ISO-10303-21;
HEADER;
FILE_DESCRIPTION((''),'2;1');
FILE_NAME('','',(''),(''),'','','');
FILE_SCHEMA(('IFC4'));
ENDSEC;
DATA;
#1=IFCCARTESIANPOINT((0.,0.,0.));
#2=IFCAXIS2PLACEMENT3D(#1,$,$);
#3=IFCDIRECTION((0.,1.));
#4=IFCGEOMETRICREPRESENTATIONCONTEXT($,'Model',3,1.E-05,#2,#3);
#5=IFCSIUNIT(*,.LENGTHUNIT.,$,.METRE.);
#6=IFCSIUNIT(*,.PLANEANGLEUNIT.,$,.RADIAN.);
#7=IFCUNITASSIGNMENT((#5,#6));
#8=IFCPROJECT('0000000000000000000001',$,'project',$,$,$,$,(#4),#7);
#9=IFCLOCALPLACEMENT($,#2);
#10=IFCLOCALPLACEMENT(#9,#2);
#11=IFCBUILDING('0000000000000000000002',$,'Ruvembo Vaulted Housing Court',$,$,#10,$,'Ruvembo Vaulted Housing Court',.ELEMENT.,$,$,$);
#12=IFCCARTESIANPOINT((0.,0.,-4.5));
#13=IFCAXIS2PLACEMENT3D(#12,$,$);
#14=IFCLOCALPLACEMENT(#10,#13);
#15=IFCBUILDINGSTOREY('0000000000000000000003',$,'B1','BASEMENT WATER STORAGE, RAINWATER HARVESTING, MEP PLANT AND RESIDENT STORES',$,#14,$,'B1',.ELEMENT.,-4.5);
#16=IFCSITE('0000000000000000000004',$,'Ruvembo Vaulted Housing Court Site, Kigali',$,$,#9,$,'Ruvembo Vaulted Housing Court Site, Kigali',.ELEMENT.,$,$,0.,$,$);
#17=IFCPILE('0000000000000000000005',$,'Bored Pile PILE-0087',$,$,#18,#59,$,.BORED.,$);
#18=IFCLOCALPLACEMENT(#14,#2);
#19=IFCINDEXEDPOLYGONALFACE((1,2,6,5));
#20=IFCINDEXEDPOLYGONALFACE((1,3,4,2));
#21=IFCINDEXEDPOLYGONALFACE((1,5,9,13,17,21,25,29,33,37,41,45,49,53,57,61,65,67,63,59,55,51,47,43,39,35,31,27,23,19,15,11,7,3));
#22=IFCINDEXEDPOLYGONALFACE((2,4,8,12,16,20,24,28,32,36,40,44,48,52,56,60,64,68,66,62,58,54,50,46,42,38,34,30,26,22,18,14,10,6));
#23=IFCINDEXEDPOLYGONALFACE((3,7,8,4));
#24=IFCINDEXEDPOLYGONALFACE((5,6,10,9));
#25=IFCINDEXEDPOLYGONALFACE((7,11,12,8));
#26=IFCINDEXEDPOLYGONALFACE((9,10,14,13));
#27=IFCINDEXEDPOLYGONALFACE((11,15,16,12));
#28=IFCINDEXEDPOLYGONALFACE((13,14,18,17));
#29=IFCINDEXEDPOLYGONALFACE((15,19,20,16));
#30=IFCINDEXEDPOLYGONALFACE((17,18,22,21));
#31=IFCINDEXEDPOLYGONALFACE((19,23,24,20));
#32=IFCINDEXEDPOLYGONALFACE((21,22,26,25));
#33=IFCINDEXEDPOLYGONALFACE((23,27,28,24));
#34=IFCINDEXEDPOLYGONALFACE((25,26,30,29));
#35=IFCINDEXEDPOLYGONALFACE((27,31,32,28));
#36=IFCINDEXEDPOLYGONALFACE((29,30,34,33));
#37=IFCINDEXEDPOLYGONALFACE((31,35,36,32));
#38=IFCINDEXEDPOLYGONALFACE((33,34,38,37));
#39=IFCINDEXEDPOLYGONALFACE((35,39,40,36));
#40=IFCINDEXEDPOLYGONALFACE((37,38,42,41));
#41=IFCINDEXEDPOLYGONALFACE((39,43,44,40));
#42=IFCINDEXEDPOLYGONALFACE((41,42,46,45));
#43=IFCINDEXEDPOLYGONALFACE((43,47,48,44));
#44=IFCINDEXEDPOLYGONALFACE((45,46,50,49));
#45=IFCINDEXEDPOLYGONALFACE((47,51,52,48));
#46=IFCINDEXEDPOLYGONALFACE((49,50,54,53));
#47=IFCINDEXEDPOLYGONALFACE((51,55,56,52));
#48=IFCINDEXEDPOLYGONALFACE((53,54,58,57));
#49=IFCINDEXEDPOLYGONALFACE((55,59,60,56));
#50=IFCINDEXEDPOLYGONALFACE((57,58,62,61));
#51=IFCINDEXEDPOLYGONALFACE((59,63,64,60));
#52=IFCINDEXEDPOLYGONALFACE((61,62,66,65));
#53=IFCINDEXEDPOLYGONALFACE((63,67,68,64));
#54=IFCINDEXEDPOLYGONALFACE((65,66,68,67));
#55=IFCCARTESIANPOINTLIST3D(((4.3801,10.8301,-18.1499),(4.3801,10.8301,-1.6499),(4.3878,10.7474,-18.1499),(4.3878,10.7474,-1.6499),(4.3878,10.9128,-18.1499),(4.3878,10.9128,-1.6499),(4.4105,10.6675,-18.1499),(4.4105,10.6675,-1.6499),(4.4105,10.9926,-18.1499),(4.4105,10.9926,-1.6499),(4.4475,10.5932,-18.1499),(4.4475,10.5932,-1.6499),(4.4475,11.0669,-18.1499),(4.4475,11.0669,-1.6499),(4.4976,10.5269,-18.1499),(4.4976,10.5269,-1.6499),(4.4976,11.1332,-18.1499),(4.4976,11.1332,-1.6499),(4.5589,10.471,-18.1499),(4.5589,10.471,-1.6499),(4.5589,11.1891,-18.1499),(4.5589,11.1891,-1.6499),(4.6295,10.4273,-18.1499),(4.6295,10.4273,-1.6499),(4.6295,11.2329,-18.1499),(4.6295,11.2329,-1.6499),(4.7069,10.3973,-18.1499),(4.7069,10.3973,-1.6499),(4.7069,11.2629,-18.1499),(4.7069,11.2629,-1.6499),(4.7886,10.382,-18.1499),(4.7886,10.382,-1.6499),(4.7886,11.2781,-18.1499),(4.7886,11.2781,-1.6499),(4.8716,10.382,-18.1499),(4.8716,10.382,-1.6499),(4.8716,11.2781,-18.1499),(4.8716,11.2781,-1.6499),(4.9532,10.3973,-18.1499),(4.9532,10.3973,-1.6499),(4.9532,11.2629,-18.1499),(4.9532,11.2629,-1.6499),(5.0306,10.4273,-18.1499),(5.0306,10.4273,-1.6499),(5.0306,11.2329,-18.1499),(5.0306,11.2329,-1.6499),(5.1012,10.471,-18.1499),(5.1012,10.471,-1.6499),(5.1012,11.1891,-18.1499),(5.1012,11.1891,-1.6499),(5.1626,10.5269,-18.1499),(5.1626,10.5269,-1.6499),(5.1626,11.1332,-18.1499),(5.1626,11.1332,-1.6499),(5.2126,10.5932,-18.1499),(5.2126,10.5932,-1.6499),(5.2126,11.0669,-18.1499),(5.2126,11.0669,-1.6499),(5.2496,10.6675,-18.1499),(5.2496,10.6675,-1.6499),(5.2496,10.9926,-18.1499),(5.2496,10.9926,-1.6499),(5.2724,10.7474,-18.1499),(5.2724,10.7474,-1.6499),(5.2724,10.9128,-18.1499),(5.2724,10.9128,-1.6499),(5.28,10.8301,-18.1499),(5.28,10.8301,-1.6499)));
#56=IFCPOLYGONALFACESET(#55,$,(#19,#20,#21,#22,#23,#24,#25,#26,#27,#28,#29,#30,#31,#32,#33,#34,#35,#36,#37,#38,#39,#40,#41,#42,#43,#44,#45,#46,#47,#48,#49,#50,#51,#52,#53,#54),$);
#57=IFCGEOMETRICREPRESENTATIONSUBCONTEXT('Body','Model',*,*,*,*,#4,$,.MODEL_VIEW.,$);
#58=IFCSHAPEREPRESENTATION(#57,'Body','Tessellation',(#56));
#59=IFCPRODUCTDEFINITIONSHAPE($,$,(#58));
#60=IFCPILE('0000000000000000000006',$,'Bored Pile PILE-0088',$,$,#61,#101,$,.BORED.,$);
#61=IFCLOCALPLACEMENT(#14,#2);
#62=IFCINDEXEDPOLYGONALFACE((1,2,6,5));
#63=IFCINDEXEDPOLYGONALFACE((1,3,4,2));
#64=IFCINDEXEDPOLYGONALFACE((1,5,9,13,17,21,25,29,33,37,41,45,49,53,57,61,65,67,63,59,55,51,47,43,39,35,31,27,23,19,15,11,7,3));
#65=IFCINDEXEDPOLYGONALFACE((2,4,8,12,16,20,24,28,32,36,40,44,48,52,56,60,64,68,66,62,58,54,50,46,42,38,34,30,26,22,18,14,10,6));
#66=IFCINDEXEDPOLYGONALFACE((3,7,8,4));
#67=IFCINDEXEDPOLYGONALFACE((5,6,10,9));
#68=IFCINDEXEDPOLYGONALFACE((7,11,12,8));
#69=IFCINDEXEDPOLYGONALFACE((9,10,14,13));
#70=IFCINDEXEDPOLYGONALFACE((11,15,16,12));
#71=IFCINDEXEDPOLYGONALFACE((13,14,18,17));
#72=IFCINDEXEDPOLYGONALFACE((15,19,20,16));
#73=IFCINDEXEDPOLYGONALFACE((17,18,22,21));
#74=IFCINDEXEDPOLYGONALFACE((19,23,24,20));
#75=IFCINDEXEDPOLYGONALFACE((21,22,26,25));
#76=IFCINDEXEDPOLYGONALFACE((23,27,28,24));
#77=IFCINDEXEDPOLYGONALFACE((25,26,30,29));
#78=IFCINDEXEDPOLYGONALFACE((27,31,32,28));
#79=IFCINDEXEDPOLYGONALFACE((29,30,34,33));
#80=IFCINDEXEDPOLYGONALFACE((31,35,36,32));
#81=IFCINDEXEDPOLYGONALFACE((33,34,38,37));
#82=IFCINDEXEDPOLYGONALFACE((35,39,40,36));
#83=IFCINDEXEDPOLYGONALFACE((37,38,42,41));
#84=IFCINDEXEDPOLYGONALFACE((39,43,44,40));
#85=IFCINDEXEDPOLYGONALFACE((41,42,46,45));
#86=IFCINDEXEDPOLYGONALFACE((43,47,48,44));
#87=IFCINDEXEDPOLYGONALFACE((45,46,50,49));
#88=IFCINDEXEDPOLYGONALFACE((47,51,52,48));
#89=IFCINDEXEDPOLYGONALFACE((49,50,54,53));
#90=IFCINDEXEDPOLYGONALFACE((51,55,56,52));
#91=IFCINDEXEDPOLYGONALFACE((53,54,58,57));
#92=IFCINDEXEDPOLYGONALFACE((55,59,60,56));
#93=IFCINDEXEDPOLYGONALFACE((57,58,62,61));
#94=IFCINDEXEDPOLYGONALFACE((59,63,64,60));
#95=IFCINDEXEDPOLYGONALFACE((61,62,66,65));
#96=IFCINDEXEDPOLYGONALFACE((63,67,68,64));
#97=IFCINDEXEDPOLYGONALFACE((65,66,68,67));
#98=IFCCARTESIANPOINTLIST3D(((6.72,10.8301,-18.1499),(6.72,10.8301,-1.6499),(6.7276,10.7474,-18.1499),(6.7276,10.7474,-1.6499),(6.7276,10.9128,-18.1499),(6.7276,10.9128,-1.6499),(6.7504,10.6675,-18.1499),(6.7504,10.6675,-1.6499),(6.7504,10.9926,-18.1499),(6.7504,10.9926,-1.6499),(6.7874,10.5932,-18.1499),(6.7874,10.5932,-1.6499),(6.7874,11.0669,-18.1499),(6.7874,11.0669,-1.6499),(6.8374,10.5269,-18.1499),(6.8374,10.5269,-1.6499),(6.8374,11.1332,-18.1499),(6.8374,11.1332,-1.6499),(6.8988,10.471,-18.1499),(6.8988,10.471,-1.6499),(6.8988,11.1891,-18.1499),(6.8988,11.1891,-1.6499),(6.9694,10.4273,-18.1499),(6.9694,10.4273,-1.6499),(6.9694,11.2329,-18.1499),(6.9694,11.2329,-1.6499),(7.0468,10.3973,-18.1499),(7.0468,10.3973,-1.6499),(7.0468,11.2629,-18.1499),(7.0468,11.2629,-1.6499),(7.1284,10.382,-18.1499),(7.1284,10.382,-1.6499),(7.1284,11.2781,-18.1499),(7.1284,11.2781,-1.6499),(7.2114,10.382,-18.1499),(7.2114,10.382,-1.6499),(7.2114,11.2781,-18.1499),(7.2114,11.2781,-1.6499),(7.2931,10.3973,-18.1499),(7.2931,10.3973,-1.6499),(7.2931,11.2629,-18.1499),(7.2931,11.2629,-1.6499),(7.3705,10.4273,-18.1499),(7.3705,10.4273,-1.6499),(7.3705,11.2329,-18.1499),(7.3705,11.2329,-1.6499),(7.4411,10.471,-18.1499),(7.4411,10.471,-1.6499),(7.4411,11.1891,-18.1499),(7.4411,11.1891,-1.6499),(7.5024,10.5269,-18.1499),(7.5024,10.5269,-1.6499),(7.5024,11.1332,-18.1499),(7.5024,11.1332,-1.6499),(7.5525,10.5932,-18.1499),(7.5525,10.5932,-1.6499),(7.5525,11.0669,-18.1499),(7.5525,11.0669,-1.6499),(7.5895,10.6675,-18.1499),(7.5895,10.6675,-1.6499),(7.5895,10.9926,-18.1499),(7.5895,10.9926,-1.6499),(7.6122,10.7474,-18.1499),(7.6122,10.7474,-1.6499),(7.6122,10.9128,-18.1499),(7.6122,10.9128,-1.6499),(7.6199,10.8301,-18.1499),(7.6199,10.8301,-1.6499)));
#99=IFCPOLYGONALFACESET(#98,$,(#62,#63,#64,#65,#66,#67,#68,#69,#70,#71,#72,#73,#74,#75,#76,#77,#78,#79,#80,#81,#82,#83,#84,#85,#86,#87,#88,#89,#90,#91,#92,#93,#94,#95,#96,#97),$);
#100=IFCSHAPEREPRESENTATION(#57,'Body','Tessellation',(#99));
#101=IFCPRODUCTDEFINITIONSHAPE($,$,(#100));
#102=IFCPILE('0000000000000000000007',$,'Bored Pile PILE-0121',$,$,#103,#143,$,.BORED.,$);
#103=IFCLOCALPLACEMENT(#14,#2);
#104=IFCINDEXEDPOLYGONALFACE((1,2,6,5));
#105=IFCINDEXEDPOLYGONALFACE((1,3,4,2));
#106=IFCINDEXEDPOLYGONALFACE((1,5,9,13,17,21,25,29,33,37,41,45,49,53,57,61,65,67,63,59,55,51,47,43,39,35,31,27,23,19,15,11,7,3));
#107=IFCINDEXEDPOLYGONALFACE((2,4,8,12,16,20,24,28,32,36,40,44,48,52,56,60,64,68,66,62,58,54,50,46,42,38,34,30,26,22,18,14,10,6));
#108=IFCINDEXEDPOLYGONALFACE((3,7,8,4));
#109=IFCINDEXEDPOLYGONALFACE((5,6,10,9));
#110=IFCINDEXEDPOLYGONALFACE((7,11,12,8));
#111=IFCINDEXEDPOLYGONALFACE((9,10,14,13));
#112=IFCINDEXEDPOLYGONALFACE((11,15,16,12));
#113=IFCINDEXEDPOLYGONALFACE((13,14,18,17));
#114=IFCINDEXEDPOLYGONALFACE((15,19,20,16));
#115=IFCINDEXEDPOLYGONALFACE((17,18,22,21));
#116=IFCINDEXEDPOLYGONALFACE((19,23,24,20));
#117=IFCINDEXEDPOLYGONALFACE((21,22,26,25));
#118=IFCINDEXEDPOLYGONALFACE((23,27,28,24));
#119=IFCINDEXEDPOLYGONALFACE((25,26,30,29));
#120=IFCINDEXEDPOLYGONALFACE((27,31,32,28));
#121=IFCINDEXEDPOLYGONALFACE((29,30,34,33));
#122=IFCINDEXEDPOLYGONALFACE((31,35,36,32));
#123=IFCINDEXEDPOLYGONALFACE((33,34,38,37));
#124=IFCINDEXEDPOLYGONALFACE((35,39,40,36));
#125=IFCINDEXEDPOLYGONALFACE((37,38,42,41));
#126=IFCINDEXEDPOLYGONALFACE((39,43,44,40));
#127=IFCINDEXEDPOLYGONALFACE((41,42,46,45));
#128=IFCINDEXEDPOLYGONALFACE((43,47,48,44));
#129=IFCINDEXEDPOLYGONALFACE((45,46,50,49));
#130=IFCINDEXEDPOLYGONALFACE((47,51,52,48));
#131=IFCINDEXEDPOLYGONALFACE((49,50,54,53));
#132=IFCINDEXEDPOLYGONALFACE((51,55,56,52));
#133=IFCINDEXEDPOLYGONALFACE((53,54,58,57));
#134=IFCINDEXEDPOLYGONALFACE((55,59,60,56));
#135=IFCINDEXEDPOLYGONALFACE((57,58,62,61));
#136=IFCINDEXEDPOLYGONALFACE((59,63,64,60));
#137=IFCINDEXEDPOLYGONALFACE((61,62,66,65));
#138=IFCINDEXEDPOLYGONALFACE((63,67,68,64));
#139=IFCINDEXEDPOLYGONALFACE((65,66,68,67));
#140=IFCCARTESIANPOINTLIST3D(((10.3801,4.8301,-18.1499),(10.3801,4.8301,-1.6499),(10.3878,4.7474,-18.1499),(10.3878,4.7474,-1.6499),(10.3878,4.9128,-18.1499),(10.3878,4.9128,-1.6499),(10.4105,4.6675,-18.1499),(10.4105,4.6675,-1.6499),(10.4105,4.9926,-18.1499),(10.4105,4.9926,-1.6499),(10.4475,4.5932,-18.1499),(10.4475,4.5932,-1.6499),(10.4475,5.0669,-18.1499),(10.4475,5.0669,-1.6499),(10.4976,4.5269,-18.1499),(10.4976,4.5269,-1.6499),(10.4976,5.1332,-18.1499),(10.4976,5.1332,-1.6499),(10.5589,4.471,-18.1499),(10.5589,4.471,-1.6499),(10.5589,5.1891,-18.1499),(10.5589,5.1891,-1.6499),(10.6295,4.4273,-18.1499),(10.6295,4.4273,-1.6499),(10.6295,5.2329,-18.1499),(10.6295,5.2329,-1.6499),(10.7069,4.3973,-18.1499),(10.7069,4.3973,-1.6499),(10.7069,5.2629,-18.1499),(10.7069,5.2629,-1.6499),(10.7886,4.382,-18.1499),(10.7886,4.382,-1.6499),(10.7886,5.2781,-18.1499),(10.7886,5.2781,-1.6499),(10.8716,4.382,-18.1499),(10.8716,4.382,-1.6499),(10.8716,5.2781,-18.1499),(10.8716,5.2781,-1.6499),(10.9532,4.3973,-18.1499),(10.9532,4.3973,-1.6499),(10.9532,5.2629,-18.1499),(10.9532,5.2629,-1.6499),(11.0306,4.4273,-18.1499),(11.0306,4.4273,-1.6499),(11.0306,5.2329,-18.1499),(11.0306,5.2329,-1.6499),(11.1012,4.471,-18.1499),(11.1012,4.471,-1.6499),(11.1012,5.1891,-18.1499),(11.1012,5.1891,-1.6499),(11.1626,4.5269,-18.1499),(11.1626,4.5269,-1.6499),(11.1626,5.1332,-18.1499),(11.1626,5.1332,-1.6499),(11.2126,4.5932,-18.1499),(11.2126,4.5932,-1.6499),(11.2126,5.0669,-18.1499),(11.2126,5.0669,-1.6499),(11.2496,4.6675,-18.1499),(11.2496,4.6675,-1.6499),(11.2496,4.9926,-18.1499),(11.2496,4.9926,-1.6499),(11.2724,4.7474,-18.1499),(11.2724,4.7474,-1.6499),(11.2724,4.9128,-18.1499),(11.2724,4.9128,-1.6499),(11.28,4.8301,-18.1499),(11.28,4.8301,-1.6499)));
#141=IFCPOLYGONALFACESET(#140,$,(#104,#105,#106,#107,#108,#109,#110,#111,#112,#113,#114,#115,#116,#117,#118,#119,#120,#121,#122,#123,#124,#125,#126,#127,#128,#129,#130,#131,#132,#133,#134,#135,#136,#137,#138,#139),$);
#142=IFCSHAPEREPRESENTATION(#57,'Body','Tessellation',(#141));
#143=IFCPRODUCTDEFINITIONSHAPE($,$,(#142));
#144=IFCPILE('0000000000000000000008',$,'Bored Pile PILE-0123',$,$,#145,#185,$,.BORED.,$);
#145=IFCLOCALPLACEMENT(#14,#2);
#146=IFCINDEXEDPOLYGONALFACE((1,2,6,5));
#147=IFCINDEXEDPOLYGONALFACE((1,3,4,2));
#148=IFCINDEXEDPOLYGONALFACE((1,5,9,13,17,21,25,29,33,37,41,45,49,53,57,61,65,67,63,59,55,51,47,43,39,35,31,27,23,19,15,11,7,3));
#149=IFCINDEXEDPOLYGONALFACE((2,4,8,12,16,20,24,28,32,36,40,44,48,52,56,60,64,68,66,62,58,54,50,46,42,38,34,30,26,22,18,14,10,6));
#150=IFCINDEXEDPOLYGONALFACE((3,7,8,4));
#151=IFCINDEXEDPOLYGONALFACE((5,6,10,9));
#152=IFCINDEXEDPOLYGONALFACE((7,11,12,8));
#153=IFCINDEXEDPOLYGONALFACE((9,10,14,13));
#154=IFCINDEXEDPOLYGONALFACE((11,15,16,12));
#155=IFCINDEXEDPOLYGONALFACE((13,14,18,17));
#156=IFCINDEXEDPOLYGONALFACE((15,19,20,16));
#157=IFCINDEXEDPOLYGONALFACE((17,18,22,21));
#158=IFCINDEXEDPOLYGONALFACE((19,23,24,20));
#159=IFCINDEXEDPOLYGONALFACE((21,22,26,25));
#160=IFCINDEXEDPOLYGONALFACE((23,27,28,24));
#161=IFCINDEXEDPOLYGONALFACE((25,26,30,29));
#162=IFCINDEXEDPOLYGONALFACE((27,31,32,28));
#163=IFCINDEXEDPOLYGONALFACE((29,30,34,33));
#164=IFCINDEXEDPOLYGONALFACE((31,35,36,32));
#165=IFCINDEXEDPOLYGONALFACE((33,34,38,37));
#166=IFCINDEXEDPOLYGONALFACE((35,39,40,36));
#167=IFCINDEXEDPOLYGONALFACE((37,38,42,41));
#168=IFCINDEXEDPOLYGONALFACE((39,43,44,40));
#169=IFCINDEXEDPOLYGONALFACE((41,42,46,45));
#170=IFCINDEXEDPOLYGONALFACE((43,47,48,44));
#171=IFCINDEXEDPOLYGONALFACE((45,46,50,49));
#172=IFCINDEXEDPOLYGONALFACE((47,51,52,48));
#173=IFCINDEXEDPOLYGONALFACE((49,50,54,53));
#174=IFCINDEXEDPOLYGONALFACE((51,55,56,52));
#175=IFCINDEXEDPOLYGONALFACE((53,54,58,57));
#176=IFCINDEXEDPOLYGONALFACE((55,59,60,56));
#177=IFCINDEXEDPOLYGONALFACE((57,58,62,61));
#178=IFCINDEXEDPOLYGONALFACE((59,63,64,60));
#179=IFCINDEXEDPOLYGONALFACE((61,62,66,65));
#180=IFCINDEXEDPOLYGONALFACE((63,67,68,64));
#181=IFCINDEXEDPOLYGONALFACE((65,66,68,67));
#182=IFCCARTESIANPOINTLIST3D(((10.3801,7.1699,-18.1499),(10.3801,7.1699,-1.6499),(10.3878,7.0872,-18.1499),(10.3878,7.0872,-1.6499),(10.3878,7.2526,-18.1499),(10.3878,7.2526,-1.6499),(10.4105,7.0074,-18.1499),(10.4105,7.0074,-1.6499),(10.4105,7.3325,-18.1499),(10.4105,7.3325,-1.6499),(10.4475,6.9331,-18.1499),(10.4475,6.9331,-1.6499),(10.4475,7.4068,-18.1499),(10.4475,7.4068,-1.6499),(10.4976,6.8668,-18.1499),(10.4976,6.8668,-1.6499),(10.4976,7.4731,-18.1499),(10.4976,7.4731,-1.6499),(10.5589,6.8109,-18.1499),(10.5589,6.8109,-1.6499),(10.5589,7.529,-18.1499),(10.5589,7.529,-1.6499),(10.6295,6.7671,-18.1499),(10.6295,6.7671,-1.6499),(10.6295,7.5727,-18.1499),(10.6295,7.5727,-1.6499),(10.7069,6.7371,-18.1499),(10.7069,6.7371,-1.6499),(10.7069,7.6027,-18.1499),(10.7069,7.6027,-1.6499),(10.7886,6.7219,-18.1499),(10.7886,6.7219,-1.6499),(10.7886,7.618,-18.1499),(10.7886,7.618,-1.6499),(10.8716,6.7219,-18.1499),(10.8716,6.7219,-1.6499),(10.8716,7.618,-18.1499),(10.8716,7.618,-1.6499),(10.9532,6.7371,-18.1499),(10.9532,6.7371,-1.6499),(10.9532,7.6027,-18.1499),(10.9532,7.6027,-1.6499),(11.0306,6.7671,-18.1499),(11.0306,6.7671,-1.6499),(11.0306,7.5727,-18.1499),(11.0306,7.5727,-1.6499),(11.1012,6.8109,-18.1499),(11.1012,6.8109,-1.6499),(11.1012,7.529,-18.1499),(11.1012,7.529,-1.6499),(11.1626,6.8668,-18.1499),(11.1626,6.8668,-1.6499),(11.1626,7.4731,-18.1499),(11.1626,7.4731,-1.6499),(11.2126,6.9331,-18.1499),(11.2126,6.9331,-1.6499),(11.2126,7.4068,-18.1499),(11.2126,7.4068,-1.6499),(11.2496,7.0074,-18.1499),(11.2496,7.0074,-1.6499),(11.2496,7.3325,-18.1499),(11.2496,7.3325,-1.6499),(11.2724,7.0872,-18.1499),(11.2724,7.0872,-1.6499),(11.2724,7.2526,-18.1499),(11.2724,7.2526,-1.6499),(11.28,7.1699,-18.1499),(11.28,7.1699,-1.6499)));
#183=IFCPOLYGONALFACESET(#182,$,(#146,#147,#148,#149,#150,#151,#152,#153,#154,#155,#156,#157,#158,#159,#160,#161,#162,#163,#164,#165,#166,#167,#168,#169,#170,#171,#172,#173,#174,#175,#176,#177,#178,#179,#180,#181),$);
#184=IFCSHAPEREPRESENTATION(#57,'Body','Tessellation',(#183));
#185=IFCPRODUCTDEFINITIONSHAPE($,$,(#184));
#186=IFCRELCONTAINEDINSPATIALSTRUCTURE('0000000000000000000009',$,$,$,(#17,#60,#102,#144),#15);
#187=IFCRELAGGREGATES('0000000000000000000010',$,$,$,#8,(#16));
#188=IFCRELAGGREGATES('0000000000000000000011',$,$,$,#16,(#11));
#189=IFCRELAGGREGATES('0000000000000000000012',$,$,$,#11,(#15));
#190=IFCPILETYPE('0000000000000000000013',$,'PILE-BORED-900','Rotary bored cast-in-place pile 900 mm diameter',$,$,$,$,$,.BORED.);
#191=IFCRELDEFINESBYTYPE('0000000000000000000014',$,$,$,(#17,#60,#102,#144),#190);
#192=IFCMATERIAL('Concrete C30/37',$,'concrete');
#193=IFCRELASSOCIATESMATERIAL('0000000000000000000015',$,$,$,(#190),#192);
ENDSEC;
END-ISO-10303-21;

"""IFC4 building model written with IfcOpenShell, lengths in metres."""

from ifc_helpers import new_model, si_unit, direction, frame, origin, origin_2d, place, context, subcontext, project, spatial, circle, extrude, material, material_profile, profile_set, type_object, element, save


model = new_model("IFC4")

# Units and contexts
model_context = context("Model", 3, precision=1e-05, world=origin(), true_north=direction((0.0, 1.0)))
body_context = subcontext(model_context, "Body", "Model", "MODEL_VIEW")
ifc_project = project(units=[si_unit("LENGTHUNIT", "METRE"), si_unit("PLANEANGLEUNIT", "RADIAN")], contexts=[model_context])

# Site, building, storey
site_placement = place(None, origin())
site = spatial("IfcSite", under=ifc_project, at=site_placement, Name="Ruvembo Vaulted Housing Court Site, Kigali", LongName="Ruvembo Vaulted Housing Court Site, Kigali", CompositionType="ELEMENT", RefElevation=0.0)
building_placement = place(site_placement, origin())
building = spatial("IfcBuilding", under=site, at=building_placement, Name="Ruvembo Vaulted Housing Court", LongName="Ruvembo Vaulted Housing Court", CompositionType="ELEMENT")
storey_placement = place(building_placement, frame((0.0, 0.0, -4.5)))
storey = spatial("IfcBuildingStorey", under=building, at=storey_placement, Name="B1", Description="BASEMENT WATER STORAGE, RAINWATER HARVESTING, MEP PLANT AND RESIDENT STORES", LongName="B1", CompositionType="ELEMENT", Elevation=-4.5)

# Piles
ifc_material_1 = material(Name="Concrete C30/37", Category="concrete")
ifc_material_profile_1 = material_profile(ifc_material_1, circle(Radius=0.45, at=origin_2d()), Name="PILE D900")
ifc_profile_set_1 = profile_set([ifc_material_profile_1], Name="Concrete C30/37")
pile_type = type_object("IfcPileType", Name="PILE-BORED-900", Description="Rotary bored cast-in-place pile 900 mm diameter", PredefinedType="BORED", material=ifc_profile_set_1)
for number, where, z_axis, x_axis, name in (
    (1, (4.8301, 10.8301, -1.6499), (0.0, 0.0, -1.0), (1.0, 0.0, 0.0), "Bored Pile PILE-0087"),
    (2, (7.1699, 10.8301, -1.6499), (0.0, 0.0, -1.0), (1.0, 0.0, 0.0), "Bored Pile PILE-0088"),
    (3, (10.8301, 4.8301, -1.6499), (0.0, 0.0, -1.0), (1.0, 0.0, 0.0), "Bored Pile PILE-0121"),
    (4, (10.8301, 7.1699, -1.6499), (0.0, 0.0, -1.0), (1.0, 0.0, 0.0), "Bored Pile PILE-0123"),
):
    element("IfcPile", number, at=place(storey_placement, frame(where, z_axis=z_axis, x_axis=x_axis)), inside=storey, type_object=pile_type, Name=name, PredefinedType="BORED", context=body_context, shape_type="SweptSolid", body=[
        extrude(circle(Radius=0.45, at=origin_2d()), origin(), (0.0, 0.0, 1.0), 16.5),
    ])

save(model, "model.ifc")
